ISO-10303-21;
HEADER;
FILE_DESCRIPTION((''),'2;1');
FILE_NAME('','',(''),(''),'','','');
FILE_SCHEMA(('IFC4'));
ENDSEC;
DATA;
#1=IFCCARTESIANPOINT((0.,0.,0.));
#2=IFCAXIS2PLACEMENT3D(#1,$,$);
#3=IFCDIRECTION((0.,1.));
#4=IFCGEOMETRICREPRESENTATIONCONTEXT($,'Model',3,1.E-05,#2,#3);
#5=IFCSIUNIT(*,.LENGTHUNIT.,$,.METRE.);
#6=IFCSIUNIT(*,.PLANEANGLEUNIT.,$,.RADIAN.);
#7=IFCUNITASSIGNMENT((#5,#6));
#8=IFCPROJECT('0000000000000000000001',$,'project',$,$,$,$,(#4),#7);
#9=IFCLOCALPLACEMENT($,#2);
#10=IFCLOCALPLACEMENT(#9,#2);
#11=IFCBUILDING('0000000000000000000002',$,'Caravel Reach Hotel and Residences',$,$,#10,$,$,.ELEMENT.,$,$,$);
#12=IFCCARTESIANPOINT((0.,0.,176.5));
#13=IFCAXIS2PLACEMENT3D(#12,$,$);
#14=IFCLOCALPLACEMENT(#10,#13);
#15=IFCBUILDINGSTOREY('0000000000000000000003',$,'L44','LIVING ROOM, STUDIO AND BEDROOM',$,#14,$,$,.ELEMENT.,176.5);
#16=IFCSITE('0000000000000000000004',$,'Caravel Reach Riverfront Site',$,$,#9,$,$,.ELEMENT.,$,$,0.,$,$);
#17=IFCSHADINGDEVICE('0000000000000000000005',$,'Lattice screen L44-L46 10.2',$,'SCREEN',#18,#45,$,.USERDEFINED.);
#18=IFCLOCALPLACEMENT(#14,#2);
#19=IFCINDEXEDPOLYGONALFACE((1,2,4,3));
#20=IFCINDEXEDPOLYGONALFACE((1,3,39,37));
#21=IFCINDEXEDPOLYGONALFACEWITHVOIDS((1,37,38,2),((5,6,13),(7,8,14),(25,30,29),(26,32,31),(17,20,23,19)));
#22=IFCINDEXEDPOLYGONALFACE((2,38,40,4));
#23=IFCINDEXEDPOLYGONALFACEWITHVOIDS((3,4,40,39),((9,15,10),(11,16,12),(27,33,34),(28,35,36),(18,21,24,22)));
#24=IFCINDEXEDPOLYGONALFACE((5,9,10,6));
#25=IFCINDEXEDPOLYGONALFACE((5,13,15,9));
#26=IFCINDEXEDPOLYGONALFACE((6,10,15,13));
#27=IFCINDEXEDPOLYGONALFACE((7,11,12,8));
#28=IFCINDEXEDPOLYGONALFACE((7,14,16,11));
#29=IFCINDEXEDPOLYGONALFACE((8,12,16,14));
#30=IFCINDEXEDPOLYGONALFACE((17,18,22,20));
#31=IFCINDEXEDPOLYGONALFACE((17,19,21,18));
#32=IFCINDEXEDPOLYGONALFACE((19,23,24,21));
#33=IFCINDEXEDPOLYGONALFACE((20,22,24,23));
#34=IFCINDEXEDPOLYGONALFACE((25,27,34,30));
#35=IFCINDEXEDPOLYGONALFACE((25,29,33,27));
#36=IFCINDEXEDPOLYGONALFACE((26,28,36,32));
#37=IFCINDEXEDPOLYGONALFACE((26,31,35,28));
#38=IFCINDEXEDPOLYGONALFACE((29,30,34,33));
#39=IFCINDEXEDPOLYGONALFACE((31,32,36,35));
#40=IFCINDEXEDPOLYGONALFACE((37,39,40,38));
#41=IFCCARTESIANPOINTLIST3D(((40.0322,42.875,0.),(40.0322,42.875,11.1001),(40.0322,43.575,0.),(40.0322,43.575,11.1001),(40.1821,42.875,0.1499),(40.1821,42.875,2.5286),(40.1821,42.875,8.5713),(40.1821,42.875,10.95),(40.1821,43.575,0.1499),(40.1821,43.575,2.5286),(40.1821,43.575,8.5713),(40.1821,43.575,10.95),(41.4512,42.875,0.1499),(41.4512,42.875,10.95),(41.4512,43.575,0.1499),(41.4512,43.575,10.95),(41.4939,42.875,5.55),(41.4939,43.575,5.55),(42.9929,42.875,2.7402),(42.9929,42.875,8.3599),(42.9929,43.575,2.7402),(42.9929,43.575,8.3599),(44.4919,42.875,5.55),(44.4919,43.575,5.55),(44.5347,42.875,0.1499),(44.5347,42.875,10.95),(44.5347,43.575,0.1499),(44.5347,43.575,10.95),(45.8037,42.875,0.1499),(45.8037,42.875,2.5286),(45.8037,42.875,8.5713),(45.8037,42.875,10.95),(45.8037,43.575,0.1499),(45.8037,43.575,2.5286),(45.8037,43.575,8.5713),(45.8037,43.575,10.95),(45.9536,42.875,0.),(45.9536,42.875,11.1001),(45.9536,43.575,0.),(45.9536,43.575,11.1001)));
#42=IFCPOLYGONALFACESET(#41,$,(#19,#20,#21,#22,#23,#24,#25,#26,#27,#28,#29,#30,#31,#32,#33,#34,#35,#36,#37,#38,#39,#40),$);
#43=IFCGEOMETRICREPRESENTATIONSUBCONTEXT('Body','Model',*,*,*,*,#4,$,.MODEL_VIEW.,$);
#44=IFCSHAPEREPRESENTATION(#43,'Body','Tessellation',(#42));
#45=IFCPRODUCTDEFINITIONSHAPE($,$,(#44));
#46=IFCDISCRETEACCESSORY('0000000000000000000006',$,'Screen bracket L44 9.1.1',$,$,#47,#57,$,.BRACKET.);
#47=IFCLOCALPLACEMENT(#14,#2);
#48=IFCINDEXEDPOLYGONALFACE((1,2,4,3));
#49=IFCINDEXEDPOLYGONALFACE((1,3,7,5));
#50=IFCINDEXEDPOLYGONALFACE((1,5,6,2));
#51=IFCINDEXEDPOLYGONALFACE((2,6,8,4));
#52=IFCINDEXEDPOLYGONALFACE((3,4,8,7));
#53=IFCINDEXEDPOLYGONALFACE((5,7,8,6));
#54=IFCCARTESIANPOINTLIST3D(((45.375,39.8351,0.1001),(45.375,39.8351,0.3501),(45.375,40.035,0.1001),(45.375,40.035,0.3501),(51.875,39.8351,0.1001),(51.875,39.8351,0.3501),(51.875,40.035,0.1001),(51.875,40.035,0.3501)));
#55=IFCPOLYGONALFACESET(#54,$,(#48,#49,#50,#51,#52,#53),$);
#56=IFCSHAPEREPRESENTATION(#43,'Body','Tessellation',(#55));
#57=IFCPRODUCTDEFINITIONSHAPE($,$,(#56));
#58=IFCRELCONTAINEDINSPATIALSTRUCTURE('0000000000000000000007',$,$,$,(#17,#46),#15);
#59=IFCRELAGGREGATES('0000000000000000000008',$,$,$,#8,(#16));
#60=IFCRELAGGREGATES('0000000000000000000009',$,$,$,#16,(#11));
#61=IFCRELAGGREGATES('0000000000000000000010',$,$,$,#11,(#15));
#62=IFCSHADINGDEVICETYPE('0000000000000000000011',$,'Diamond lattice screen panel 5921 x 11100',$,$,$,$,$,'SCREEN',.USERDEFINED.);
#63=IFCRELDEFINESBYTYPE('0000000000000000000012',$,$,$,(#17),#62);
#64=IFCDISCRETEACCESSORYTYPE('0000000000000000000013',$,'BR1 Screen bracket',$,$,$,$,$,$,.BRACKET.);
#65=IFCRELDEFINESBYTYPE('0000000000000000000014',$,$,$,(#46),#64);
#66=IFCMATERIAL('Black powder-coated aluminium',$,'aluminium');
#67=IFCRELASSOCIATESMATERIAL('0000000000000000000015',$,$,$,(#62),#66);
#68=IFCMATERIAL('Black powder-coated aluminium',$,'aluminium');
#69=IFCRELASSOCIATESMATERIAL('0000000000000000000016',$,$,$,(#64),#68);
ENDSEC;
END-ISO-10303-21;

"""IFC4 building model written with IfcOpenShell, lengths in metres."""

from ifc_helpers import new_model, si_unit, direction, frame, origin, origin_2d, place, context, subcontext, project, spatial, polyline, rectangle, outline, extrude, material, type_object, element, save


model = new_model("IFC4")

# Units and contexts
model_context = context("Model", 3, precision=1e-05, world=origin(), true_north=direction((0.0, 1.0)))
body_context = subcontext(model_context, "Body", "Model", "MODEL_VIEW")
ifc_project = project(units=[si_unit("LENGTHUNIT", "METRE"), si_unit("PLANEANGLEUNIT", "RADIAN")], contexts=[model_context])

# Site, building, storey
site_placement = place(None, origin())
site = spatial("IfcSite", under=ifc_project, at=site_placement, Name="Caravel Reach Riverfront Site", CompositionType="ELEMENT", RefElevation=0.0)
building_placement = place(site_placement, origin())
building = spatial("IfcBuilding", under=site, at=building_placement, Name="Caravel Reach Hotel and Residences", CompositionType="ELEMENT")
storey_placement = place(building_placement, frame((0.0, 0.0, 176.5)))
storey = spatial("IfcBuildingStorey", under=building, at=storey_placement, Name="L44", Description="LIVING ROOM, STUDIO AND BEDROOM", CompositionType="ELEMENT", Elevation=176.5)

# Shading device
ifc_material_1 = material(Name="Black powder-coated aluminium", Category="aluminium")
shading_device_type = type_object("IfcShadingDeviceType", Name="Diamond lattice screen panel 5921 x 11100", ElementType="SCREEN", PredefinedType="USERDEFINED", material=ifc_material_1)
shading_device_placement = place(storey_placement, frame((45.9536, 42.875, 0.0), z_axis=(0.0, 1.0, 0.0), x_axis=(-1.0, 0.0, 0.0)))
element("IfcShadingDevice", 1, at=shading_device_placement, inside=storey, type_object=shading_device_type, Name="Lattice screen L44-L46 10.2", ObjectType="SCREEN", PredefinedType="USERDEFINED", context=body_context, shape_type="SweptSolid", body=[
    extrude(outline(polyline([(0.0, 0.0), (5.9214, 0.0), (5.9214, 11.1001), (0.0, 11.1001), (0.0, 0.0)]), holes=[polyline([(1.4189, 0.1499), (0.1499, 2.5286), (0.1499, 0.1499), (1.4189, 0.1499)]), polyline([(0.1499, 8.5713), (1.4189, 10.95), (0.1499, 10.95), (0.1499, 8.5713)]), polyline([(2.9607, 8.3599), (1.4617, 5.55), (2.9607, 2.7402), (4.4597, 5.55), (2.9607, 8.3599)]), polyline([(5.7715, 2.5286), (4.5024, 0.1499), (5.7715, 0.1499), (5.7715, 2.5286)]), polyline([(4.5024, 10.95), (5.7715, 8.5713), (5.7715, 10.95), (4.5024, 10.95)])]), origin(), (0.0, 0.0, 1.0), 0.7),
])

# Discrete accessory
ifc_material_2 = material(Name="Black powder-coated aluminium", Category="aluminium")
discrete_accessory_type = type_object("IfcDiscreteAccessoryType", Name="BR1 Screen bracket", PredefinedType="BRACKET", material=ifc_material_2)
discrete_accessory_placement = place(storey_placement, frame((48.625, 39.9351, 0.1001), z_axis=(0.0, 0.0, 1.0), x_axis=(1.0, 0.0, 0.0)))
element("IfcDiscreteAccessory", 2, at=discrete_accessory_placement, inside=storey, type_object=discrete_accessory_type, Name="Screen bracket L44 9.1.1", PredefinedType="BRACKET", context=body_context, shape_type="SweptSolid", body=[
    extrude(rectangle(XDim=6.5, YDim=0.2, at=origin_2d()), origin(), (0.0, 0.0, 1.0), 0.25),
])

save(model, "model.ifc")
